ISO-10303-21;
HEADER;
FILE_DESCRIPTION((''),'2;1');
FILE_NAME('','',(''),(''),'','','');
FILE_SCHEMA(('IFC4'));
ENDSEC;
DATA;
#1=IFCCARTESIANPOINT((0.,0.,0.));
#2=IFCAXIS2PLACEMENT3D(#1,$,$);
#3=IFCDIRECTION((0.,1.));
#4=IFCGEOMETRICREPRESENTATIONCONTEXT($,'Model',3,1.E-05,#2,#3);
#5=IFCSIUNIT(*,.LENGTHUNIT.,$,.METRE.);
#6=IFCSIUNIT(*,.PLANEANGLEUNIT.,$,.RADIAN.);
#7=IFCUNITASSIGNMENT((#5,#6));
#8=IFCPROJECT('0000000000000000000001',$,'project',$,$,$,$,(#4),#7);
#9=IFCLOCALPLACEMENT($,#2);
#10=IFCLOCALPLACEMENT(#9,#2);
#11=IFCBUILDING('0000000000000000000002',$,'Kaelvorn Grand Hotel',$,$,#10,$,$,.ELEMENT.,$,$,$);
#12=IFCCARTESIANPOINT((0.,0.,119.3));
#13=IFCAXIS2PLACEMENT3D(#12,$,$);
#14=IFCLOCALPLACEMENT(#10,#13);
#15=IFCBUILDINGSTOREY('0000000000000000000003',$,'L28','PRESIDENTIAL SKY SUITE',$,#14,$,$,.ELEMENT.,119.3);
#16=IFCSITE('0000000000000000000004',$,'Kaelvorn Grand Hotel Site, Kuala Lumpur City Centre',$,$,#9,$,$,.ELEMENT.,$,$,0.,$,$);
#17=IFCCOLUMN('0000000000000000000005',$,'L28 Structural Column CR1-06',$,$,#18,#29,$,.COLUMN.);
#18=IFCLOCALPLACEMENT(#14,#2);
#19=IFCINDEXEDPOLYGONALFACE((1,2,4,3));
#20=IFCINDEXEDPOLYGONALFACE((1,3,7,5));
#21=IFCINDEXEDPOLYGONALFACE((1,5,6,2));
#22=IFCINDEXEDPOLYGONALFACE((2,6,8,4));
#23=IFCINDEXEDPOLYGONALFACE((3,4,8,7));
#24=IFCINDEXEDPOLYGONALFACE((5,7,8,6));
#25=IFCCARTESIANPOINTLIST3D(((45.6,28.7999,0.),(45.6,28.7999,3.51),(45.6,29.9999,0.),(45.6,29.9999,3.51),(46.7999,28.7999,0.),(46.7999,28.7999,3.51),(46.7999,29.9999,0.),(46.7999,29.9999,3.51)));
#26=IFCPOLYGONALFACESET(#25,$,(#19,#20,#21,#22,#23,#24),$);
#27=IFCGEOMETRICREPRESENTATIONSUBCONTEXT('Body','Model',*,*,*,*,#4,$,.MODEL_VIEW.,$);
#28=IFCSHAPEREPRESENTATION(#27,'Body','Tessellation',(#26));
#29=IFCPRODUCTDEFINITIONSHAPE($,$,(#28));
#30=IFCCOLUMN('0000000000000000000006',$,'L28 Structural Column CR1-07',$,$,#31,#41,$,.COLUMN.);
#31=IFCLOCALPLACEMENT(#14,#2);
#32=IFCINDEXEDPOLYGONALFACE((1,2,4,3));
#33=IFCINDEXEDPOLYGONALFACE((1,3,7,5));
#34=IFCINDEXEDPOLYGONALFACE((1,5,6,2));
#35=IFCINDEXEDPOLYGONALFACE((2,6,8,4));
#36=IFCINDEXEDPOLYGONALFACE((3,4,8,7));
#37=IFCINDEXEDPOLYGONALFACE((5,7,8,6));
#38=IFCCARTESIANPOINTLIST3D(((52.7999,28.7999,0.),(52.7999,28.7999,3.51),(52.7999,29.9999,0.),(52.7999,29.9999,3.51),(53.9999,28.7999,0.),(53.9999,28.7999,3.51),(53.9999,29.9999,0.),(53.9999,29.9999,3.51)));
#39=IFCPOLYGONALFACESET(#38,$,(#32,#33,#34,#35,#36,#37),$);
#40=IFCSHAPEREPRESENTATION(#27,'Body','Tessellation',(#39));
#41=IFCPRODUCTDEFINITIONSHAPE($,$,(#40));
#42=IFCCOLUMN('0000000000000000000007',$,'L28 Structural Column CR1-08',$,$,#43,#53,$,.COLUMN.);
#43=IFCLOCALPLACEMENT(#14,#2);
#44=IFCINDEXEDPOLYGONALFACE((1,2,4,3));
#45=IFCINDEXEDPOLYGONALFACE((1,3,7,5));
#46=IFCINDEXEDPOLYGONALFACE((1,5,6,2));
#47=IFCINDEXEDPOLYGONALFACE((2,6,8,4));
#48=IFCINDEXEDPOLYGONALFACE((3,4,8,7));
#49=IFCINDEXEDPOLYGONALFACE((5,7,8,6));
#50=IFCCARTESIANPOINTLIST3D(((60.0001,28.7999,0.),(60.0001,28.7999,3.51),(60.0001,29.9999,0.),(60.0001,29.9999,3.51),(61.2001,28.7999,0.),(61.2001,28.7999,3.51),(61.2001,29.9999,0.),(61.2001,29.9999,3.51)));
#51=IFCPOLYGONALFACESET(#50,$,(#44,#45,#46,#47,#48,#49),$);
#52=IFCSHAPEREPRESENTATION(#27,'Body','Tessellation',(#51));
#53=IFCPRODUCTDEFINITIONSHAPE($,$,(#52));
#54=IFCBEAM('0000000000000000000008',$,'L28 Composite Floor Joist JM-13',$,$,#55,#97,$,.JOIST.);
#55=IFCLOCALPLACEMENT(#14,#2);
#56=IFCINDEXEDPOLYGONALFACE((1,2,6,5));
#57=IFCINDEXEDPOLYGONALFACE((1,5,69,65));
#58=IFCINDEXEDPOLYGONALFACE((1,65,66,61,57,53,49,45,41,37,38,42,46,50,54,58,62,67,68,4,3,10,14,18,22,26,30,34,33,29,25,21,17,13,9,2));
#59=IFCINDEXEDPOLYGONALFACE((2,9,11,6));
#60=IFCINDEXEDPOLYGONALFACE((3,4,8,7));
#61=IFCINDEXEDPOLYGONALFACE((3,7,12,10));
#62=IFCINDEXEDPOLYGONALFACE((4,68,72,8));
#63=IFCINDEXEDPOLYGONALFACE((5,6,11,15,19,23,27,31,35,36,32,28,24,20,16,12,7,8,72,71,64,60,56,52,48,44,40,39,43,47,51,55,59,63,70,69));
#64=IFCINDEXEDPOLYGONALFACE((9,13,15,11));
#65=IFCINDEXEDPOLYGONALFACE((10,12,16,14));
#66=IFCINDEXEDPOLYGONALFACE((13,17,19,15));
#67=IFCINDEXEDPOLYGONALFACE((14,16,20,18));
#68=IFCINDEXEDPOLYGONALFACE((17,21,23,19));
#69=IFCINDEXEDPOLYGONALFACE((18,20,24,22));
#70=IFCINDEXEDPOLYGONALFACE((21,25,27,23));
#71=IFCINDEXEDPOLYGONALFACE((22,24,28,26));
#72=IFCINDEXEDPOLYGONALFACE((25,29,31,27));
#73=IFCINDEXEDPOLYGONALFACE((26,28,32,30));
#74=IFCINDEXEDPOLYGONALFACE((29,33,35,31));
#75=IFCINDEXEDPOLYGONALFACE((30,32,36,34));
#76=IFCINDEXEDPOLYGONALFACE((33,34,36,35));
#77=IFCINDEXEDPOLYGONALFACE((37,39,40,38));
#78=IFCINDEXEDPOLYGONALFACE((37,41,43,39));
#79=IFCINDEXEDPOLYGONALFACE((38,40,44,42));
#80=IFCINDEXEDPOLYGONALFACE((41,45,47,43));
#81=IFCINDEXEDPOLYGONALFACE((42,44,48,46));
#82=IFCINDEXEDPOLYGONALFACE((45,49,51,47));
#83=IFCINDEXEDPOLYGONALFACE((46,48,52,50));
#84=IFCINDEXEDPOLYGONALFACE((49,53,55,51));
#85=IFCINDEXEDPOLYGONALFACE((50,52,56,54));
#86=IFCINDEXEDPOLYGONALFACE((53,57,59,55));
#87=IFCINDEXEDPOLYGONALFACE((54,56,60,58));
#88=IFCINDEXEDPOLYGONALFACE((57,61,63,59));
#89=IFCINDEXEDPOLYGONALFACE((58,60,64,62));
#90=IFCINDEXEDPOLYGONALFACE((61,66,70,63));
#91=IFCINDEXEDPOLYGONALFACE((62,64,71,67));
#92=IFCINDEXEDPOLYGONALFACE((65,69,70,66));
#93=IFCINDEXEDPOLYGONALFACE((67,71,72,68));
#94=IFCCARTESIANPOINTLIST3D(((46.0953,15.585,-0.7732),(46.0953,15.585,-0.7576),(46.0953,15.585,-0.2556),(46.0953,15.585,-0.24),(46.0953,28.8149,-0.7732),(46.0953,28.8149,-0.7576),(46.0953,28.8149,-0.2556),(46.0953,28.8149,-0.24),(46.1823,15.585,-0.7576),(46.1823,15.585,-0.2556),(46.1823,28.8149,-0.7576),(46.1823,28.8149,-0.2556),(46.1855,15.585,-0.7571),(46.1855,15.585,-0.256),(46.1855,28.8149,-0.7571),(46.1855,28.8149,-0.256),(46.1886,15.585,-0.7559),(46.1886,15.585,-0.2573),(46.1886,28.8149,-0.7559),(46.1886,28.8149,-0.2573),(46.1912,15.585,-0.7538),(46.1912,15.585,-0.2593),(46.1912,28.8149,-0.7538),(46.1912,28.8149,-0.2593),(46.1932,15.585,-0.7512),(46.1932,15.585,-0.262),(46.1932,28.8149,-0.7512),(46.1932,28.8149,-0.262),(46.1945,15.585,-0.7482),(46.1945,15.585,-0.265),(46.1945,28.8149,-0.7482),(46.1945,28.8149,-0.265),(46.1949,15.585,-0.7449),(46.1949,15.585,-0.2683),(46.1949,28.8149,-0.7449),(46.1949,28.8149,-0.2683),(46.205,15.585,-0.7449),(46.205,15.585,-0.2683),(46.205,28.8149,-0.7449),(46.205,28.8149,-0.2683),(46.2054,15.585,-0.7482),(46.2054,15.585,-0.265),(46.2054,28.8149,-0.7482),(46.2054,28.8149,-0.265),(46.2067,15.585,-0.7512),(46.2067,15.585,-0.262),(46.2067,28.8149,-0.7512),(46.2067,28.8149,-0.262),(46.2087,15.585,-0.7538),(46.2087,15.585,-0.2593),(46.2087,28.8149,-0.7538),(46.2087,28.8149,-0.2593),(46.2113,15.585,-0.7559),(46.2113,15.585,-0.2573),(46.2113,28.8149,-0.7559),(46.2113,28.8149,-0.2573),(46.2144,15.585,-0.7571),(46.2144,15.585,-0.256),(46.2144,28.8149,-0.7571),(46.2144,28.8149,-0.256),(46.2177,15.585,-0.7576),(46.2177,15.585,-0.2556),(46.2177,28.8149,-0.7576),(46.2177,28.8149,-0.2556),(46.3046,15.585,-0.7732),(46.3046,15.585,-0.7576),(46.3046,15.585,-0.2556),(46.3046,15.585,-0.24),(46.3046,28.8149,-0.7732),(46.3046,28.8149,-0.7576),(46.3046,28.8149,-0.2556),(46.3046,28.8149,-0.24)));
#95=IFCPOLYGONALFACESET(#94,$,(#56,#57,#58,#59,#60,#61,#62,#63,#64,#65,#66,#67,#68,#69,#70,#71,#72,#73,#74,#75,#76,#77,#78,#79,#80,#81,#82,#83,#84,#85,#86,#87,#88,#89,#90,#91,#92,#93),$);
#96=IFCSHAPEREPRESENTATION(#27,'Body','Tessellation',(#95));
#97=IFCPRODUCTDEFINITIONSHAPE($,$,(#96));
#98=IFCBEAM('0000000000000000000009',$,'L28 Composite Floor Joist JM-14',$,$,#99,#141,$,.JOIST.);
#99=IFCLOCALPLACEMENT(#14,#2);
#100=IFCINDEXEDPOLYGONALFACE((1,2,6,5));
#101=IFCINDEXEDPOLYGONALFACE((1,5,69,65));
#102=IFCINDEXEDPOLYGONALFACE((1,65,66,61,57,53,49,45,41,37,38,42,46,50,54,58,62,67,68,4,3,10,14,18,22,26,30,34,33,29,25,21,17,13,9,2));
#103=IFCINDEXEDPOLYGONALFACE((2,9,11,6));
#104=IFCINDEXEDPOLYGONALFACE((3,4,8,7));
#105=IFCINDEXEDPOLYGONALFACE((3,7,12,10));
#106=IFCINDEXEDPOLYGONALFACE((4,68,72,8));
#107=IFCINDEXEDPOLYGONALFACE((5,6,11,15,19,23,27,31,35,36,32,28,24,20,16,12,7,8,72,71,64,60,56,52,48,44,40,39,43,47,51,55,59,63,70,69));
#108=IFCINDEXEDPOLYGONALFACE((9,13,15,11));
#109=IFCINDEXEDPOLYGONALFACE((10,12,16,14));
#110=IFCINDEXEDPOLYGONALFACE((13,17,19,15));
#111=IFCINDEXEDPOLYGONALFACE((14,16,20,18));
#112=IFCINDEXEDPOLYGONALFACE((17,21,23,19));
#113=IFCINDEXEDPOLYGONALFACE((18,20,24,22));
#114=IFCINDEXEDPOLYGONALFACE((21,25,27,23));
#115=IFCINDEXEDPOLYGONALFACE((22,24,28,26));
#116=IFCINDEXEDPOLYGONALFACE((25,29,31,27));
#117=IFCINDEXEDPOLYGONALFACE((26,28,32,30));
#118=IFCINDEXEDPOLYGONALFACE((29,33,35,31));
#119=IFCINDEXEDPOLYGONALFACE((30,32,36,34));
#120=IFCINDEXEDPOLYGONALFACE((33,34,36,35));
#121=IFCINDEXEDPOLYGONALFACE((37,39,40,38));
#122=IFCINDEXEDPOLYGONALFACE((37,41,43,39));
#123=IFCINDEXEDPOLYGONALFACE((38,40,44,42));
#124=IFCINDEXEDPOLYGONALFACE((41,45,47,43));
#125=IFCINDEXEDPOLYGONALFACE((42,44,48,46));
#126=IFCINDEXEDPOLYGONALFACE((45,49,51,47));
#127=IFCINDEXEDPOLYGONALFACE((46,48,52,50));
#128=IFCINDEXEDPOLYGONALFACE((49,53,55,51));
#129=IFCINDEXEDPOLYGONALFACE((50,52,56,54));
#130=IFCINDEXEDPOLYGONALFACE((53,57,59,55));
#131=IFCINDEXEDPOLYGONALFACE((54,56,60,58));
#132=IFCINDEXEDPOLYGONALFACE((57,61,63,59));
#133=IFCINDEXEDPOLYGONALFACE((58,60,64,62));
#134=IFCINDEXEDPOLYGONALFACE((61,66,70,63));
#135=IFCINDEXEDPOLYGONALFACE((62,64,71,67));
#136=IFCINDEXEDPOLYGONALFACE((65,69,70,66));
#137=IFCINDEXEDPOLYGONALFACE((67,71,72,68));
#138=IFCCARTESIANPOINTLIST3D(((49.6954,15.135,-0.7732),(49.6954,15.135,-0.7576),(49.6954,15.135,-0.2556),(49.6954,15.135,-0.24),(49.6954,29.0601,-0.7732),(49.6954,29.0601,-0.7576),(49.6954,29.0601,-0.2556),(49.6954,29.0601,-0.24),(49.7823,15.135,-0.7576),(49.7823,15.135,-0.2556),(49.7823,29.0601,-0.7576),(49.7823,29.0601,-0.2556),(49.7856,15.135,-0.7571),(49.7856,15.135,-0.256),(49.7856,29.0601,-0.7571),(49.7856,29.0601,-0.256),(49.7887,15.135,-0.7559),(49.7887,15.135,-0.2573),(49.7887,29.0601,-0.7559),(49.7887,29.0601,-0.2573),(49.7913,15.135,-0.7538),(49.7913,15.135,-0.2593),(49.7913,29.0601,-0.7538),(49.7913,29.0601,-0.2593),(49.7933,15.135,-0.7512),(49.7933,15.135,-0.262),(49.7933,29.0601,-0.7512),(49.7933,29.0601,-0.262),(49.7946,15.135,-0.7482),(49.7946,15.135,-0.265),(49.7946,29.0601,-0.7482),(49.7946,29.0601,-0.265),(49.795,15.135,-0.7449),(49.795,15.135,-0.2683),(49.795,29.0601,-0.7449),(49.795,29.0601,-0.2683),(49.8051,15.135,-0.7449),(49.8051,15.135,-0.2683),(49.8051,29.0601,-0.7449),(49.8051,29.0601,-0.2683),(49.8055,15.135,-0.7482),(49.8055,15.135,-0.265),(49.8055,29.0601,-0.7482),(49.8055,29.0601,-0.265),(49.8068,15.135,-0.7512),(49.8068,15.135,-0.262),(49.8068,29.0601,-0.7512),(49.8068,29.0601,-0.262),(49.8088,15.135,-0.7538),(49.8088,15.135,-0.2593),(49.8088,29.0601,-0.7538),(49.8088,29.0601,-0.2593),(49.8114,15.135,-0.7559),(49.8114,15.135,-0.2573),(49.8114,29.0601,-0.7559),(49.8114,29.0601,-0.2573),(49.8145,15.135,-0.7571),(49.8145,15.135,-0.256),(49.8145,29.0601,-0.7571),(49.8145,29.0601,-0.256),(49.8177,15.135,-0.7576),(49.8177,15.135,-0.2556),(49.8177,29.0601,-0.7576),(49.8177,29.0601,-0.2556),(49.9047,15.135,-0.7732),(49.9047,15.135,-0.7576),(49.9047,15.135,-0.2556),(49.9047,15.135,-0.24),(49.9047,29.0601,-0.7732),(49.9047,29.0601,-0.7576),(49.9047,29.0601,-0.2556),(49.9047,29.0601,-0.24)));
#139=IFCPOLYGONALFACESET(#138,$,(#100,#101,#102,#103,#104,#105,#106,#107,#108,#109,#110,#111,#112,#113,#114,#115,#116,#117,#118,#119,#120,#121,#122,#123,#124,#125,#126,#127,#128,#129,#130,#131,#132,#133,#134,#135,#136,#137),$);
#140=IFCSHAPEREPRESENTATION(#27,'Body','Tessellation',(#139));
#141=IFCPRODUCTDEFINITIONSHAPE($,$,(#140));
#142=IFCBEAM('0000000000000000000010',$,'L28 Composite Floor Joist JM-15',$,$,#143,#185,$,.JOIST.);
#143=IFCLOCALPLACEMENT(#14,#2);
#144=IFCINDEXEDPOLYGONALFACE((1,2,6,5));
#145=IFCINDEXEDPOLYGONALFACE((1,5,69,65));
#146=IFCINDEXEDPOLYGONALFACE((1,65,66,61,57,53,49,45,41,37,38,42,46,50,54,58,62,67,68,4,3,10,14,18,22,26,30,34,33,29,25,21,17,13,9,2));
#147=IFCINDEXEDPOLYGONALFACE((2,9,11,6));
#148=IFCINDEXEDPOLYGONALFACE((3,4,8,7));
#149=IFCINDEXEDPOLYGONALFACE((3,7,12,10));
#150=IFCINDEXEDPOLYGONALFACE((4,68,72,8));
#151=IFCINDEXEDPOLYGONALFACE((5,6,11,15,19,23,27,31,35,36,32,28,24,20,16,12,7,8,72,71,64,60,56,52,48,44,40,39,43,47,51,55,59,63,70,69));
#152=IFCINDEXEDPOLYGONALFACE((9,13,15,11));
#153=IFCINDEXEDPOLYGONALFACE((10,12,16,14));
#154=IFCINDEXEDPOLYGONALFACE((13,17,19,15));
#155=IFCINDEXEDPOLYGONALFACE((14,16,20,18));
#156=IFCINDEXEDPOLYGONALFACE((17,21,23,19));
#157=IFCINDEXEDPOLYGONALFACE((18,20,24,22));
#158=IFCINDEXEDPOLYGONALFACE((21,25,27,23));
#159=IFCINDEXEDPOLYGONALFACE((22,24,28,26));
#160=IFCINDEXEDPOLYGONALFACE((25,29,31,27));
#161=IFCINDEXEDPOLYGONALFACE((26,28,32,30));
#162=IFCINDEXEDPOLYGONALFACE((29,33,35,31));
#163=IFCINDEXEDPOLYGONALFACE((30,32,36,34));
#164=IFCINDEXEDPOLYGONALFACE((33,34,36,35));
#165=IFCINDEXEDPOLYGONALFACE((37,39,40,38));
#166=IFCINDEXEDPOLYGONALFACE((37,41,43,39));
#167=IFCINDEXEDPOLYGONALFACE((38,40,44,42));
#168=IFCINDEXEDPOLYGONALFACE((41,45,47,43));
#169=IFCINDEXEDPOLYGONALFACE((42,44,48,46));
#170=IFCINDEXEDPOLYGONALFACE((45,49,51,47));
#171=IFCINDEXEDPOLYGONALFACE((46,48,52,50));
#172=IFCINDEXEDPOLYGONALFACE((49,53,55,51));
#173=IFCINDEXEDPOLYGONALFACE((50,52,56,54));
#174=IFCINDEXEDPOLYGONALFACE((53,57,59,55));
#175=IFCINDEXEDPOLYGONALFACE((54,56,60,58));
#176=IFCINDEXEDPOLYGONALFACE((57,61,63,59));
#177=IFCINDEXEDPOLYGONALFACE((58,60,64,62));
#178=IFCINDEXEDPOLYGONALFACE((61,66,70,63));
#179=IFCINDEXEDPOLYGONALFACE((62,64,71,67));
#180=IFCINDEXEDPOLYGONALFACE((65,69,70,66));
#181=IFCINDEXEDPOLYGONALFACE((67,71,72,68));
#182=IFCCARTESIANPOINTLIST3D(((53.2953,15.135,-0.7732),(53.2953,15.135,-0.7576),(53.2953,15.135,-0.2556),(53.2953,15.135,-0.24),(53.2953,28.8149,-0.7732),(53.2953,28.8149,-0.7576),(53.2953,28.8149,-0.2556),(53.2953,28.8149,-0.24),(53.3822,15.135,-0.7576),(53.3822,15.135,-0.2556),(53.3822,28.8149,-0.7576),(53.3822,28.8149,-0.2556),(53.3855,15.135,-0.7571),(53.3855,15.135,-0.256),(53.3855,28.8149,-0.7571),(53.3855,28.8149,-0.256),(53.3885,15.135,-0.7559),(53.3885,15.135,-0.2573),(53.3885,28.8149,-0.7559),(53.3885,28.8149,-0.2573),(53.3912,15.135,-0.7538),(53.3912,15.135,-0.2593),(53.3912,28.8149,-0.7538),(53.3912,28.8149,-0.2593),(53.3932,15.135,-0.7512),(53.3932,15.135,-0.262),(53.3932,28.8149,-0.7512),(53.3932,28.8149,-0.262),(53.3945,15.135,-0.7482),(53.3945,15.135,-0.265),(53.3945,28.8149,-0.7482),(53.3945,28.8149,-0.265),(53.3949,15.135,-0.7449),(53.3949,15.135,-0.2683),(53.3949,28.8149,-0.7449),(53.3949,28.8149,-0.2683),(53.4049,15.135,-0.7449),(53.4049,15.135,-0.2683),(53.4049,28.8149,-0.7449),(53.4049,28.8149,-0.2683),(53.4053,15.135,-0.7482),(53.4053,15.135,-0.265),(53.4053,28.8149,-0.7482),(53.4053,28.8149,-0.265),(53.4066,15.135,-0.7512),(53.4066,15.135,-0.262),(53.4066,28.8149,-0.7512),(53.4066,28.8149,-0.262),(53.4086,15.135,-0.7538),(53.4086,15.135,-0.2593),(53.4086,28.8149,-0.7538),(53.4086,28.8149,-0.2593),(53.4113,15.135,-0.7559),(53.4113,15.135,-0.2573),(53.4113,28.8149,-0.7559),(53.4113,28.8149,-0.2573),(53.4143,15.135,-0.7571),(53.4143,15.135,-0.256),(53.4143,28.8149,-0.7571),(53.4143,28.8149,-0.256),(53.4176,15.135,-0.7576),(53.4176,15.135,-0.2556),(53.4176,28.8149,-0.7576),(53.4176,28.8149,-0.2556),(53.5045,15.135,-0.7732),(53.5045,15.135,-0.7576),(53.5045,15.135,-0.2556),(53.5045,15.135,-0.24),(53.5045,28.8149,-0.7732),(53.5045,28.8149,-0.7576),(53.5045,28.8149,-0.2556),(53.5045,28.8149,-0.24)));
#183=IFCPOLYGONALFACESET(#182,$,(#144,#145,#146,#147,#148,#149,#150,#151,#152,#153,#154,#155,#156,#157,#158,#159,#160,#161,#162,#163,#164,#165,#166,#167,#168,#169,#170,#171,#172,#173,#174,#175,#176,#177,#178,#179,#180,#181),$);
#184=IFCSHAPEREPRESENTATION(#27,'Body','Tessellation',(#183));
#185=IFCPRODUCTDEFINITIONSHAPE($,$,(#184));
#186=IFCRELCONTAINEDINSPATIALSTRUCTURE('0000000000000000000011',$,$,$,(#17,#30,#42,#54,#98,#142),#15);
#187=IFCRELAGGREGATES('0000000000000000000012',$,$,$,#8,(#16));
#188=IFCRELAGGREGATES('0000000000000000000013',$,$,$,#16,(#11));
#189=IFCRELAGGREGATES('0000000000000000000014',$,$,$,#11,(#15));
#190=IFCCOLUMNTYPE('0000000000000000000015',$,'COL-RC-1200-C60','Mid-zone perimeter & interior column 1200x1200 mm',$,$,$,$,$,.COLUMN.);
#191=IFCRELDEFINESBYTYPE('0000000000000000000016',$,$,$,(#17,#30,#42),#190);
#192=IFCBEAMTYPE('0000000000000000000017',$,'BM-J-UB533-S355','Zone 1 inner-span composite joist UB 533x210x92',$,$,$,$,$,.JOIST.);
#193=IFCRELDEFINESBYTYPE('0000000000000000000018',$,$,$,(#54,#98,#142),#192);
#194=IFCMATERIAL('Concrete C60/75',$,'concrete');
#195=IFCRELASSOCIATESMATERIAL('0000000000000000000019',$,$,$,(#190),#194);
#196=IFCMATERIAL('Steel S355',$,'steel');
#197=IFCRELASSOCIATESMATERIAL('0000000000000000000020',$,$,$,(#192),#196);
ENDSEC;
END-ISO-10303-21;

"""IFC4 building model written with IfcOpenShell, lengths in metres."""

from ifc_helpers import new_model, si_unit, direction, frame, origin, origin_2d, place, context, subcontext, project, spatial, rectangle, i_section, extrude, material, material_profile, profile_set, type_object, element, save


model = new_model("IFC4")

# Units and contexts
model_context = context("Model", 3, precision=1e-05, world=origin(), true_north=direction((0.0, 1.0)))
body_context = subcontext(model_context, "Body", "Model", "MODEL_VIEW")
ifc_project = project(units=[si_unit("LENGTHUNIT", "METRE"), si_unit("PLANEANGLEUNIT", "RADIAN")], contexts=[model_context])

# Site, building, storey
site_placement = place(None, origin())
site = spatial("IfcSite", under=ifc_project, at=site_placement, Name="Kaelvorn Grand Hotel Site, Kuala Lumpur City Centre", CompositionType="ELEMENT", RefElevation=0.0)
building_placement = place(site_placement, origin())
building = spatial("IfcBuilding", under=site, at=building_placement, Name="Kaelvorn Grand Hotel", CompositionType="ELEMENT")
storey_placement = place(building_placement, frame((0.0, 0.0, 119.3)))
storey = spatial("IfcBuildingStorey", under=building, at=storey_placement, Name="L28", Description="PRESIDENTIAL SKY SUITE", CompositionType="ELEMENT", Elevation=119.3)

# Columns
ifc_material_1 = material(Name="Concrete C60/75", Category="concrete")
ifc_material_profile_1 = material_profile(ifc_material_1, rectangle(XDim=1.2, YDim=1.2, at=origin_2d()), Name="RC COL 1200x1200")
ifc_profile_set_1 = profile_set([ifc_material_profile_1], Name="Concrete C60/75")
column_type = type_object("IfcColumnType", Name="COL-RC-1200-C60", Description="Mid-zone perimeter & interior column 1200x1200 mm", PredefinedType="COLUMN", material=ifc_profile_set_1)
for number, where, z_axis, x_axis, name in (
    (1, (46.2, 29.3999, 0.0), (0.0, 0.0, 1.0), (1.0, 0.0, 0.0), "L28 Structural Column CR1-06"),
    (2, (53.3999, 29.3999, 0.0), (0.0, 0.0, 1.0), (1.0, 0.0, 0.0), "L28 Structural Column CR1-07"),
    (3, (60.6001, 29.3999, 0.0), (0.0, 0.0, 1.0), (1.0, 0.0, 0.0), "L28 Structural Column CR1-08"),
):
    element("IfcColumn", number, at=place(storey_placement, frame(where, z_axis=z_axis, x_axis=x_axis)), inside=storey, type_object=column_type, Name=name, PredefinedType="COLUMN", context=body_context, shape_type="SweptSolid", body=[
        extrude(rectangle(XDim=1.2, YDim=1.2, at=origin_2d()), origin(), (0.0, 0.0, 1.0), 3.51),
    ])

# Beams
ifc_material_2 = material(Name="Steel S355", Category="steel")
ifc_material_profile_2 = material_profile(ifc_material_2, i_section(OverallWidth=0.2092, OverallDepth=0.5332, WebThickness=0.01, FlangeThickness=0.0156, FilletRadius=0.0127, at=origin_2d()), Name="UB 533x210x92")
ifc_profile_set_2 = profile_set([ifc_material_profile_2], Name="Steel S355")
beam_type_1 = type_object("IfcBeamType", Name="BM-J-UB533-S355", Description="Zone 1 inner-span composite joist UB 533x210x92", PredefinedType="JOIST", material=ifc_profile_set_2)
beam_1_placement = place(storey_placement, frame((46.2, 15.585, -0.5066), z_axis=(0.0, 1.0, 0.0), x_axis=(-1.0, 0.0, 0.0)))
element("IfcBeam", 4, at=beam_1_placement, inside=storey, type_object=beam_type_1, Name="L28 Composite Floor Joist JM-13", PredefinedType="JOIST", context=body_context, shape_type="SweptSolid", body=[
    extrude(i_section(OverallWidth=0.2092, OverallDepth=0.5332, WebThickness=0.01, FlangeThickness=0.0156, FilletRadius=0.0127, at=origin_2d()), origin(), (0.0, 0.0, 1.0), 13.23),
])
beam_2_placement = place(storey_placement, frame((49.8, 15.135, -0.5066), z_axis=(0.0, 1.0, 0.0), x_axis=(-1.0, 0.0, 0.0)))
element("IfcBeam", 5, at=beam_2_placement, inside=storey, type_object=beam_type_1, Name="L28 Composite Floor Joist JM-14", PredefinedType="JOIST", context=body_context, shape_type="SweptSolid", body=[
    extrude(i_section(OverallWidth=0.2092, OverallDepth=0.5332, WebThickness=0.01, FlangeThickness=0.0156, FilletRadius=0.0127, at=origin_2d()), origin(), (0.0, 0.0, 1.0), 13.925),
])
beam_3_placement = place(storey_placement, frame((53.3999, 15.135, -0.5066), z_axis=(0.0, 1.0, 0.0), x_axis=(-1.0, 0.0, 0.0)))
element("IfcBeam", 6, at=beam_3_placement, inside=storey, type_object=beam_type_1, Name="L28 Composite Floor Joist JM-15", PredefinedType="JOIST", context=body_context, shape_type="SweptSolid", body=[
    extrude(i_section(OverallWidth=0.2092, OverallDepth=0.5332, WebThickness=0.01, FlangeThickness=0.0156, FilletRadius=0.0127, at=origin_2d()), origin(), (0.0, 0.0, 1.0), 13.6799),
])

save(model, "model.ifc")
